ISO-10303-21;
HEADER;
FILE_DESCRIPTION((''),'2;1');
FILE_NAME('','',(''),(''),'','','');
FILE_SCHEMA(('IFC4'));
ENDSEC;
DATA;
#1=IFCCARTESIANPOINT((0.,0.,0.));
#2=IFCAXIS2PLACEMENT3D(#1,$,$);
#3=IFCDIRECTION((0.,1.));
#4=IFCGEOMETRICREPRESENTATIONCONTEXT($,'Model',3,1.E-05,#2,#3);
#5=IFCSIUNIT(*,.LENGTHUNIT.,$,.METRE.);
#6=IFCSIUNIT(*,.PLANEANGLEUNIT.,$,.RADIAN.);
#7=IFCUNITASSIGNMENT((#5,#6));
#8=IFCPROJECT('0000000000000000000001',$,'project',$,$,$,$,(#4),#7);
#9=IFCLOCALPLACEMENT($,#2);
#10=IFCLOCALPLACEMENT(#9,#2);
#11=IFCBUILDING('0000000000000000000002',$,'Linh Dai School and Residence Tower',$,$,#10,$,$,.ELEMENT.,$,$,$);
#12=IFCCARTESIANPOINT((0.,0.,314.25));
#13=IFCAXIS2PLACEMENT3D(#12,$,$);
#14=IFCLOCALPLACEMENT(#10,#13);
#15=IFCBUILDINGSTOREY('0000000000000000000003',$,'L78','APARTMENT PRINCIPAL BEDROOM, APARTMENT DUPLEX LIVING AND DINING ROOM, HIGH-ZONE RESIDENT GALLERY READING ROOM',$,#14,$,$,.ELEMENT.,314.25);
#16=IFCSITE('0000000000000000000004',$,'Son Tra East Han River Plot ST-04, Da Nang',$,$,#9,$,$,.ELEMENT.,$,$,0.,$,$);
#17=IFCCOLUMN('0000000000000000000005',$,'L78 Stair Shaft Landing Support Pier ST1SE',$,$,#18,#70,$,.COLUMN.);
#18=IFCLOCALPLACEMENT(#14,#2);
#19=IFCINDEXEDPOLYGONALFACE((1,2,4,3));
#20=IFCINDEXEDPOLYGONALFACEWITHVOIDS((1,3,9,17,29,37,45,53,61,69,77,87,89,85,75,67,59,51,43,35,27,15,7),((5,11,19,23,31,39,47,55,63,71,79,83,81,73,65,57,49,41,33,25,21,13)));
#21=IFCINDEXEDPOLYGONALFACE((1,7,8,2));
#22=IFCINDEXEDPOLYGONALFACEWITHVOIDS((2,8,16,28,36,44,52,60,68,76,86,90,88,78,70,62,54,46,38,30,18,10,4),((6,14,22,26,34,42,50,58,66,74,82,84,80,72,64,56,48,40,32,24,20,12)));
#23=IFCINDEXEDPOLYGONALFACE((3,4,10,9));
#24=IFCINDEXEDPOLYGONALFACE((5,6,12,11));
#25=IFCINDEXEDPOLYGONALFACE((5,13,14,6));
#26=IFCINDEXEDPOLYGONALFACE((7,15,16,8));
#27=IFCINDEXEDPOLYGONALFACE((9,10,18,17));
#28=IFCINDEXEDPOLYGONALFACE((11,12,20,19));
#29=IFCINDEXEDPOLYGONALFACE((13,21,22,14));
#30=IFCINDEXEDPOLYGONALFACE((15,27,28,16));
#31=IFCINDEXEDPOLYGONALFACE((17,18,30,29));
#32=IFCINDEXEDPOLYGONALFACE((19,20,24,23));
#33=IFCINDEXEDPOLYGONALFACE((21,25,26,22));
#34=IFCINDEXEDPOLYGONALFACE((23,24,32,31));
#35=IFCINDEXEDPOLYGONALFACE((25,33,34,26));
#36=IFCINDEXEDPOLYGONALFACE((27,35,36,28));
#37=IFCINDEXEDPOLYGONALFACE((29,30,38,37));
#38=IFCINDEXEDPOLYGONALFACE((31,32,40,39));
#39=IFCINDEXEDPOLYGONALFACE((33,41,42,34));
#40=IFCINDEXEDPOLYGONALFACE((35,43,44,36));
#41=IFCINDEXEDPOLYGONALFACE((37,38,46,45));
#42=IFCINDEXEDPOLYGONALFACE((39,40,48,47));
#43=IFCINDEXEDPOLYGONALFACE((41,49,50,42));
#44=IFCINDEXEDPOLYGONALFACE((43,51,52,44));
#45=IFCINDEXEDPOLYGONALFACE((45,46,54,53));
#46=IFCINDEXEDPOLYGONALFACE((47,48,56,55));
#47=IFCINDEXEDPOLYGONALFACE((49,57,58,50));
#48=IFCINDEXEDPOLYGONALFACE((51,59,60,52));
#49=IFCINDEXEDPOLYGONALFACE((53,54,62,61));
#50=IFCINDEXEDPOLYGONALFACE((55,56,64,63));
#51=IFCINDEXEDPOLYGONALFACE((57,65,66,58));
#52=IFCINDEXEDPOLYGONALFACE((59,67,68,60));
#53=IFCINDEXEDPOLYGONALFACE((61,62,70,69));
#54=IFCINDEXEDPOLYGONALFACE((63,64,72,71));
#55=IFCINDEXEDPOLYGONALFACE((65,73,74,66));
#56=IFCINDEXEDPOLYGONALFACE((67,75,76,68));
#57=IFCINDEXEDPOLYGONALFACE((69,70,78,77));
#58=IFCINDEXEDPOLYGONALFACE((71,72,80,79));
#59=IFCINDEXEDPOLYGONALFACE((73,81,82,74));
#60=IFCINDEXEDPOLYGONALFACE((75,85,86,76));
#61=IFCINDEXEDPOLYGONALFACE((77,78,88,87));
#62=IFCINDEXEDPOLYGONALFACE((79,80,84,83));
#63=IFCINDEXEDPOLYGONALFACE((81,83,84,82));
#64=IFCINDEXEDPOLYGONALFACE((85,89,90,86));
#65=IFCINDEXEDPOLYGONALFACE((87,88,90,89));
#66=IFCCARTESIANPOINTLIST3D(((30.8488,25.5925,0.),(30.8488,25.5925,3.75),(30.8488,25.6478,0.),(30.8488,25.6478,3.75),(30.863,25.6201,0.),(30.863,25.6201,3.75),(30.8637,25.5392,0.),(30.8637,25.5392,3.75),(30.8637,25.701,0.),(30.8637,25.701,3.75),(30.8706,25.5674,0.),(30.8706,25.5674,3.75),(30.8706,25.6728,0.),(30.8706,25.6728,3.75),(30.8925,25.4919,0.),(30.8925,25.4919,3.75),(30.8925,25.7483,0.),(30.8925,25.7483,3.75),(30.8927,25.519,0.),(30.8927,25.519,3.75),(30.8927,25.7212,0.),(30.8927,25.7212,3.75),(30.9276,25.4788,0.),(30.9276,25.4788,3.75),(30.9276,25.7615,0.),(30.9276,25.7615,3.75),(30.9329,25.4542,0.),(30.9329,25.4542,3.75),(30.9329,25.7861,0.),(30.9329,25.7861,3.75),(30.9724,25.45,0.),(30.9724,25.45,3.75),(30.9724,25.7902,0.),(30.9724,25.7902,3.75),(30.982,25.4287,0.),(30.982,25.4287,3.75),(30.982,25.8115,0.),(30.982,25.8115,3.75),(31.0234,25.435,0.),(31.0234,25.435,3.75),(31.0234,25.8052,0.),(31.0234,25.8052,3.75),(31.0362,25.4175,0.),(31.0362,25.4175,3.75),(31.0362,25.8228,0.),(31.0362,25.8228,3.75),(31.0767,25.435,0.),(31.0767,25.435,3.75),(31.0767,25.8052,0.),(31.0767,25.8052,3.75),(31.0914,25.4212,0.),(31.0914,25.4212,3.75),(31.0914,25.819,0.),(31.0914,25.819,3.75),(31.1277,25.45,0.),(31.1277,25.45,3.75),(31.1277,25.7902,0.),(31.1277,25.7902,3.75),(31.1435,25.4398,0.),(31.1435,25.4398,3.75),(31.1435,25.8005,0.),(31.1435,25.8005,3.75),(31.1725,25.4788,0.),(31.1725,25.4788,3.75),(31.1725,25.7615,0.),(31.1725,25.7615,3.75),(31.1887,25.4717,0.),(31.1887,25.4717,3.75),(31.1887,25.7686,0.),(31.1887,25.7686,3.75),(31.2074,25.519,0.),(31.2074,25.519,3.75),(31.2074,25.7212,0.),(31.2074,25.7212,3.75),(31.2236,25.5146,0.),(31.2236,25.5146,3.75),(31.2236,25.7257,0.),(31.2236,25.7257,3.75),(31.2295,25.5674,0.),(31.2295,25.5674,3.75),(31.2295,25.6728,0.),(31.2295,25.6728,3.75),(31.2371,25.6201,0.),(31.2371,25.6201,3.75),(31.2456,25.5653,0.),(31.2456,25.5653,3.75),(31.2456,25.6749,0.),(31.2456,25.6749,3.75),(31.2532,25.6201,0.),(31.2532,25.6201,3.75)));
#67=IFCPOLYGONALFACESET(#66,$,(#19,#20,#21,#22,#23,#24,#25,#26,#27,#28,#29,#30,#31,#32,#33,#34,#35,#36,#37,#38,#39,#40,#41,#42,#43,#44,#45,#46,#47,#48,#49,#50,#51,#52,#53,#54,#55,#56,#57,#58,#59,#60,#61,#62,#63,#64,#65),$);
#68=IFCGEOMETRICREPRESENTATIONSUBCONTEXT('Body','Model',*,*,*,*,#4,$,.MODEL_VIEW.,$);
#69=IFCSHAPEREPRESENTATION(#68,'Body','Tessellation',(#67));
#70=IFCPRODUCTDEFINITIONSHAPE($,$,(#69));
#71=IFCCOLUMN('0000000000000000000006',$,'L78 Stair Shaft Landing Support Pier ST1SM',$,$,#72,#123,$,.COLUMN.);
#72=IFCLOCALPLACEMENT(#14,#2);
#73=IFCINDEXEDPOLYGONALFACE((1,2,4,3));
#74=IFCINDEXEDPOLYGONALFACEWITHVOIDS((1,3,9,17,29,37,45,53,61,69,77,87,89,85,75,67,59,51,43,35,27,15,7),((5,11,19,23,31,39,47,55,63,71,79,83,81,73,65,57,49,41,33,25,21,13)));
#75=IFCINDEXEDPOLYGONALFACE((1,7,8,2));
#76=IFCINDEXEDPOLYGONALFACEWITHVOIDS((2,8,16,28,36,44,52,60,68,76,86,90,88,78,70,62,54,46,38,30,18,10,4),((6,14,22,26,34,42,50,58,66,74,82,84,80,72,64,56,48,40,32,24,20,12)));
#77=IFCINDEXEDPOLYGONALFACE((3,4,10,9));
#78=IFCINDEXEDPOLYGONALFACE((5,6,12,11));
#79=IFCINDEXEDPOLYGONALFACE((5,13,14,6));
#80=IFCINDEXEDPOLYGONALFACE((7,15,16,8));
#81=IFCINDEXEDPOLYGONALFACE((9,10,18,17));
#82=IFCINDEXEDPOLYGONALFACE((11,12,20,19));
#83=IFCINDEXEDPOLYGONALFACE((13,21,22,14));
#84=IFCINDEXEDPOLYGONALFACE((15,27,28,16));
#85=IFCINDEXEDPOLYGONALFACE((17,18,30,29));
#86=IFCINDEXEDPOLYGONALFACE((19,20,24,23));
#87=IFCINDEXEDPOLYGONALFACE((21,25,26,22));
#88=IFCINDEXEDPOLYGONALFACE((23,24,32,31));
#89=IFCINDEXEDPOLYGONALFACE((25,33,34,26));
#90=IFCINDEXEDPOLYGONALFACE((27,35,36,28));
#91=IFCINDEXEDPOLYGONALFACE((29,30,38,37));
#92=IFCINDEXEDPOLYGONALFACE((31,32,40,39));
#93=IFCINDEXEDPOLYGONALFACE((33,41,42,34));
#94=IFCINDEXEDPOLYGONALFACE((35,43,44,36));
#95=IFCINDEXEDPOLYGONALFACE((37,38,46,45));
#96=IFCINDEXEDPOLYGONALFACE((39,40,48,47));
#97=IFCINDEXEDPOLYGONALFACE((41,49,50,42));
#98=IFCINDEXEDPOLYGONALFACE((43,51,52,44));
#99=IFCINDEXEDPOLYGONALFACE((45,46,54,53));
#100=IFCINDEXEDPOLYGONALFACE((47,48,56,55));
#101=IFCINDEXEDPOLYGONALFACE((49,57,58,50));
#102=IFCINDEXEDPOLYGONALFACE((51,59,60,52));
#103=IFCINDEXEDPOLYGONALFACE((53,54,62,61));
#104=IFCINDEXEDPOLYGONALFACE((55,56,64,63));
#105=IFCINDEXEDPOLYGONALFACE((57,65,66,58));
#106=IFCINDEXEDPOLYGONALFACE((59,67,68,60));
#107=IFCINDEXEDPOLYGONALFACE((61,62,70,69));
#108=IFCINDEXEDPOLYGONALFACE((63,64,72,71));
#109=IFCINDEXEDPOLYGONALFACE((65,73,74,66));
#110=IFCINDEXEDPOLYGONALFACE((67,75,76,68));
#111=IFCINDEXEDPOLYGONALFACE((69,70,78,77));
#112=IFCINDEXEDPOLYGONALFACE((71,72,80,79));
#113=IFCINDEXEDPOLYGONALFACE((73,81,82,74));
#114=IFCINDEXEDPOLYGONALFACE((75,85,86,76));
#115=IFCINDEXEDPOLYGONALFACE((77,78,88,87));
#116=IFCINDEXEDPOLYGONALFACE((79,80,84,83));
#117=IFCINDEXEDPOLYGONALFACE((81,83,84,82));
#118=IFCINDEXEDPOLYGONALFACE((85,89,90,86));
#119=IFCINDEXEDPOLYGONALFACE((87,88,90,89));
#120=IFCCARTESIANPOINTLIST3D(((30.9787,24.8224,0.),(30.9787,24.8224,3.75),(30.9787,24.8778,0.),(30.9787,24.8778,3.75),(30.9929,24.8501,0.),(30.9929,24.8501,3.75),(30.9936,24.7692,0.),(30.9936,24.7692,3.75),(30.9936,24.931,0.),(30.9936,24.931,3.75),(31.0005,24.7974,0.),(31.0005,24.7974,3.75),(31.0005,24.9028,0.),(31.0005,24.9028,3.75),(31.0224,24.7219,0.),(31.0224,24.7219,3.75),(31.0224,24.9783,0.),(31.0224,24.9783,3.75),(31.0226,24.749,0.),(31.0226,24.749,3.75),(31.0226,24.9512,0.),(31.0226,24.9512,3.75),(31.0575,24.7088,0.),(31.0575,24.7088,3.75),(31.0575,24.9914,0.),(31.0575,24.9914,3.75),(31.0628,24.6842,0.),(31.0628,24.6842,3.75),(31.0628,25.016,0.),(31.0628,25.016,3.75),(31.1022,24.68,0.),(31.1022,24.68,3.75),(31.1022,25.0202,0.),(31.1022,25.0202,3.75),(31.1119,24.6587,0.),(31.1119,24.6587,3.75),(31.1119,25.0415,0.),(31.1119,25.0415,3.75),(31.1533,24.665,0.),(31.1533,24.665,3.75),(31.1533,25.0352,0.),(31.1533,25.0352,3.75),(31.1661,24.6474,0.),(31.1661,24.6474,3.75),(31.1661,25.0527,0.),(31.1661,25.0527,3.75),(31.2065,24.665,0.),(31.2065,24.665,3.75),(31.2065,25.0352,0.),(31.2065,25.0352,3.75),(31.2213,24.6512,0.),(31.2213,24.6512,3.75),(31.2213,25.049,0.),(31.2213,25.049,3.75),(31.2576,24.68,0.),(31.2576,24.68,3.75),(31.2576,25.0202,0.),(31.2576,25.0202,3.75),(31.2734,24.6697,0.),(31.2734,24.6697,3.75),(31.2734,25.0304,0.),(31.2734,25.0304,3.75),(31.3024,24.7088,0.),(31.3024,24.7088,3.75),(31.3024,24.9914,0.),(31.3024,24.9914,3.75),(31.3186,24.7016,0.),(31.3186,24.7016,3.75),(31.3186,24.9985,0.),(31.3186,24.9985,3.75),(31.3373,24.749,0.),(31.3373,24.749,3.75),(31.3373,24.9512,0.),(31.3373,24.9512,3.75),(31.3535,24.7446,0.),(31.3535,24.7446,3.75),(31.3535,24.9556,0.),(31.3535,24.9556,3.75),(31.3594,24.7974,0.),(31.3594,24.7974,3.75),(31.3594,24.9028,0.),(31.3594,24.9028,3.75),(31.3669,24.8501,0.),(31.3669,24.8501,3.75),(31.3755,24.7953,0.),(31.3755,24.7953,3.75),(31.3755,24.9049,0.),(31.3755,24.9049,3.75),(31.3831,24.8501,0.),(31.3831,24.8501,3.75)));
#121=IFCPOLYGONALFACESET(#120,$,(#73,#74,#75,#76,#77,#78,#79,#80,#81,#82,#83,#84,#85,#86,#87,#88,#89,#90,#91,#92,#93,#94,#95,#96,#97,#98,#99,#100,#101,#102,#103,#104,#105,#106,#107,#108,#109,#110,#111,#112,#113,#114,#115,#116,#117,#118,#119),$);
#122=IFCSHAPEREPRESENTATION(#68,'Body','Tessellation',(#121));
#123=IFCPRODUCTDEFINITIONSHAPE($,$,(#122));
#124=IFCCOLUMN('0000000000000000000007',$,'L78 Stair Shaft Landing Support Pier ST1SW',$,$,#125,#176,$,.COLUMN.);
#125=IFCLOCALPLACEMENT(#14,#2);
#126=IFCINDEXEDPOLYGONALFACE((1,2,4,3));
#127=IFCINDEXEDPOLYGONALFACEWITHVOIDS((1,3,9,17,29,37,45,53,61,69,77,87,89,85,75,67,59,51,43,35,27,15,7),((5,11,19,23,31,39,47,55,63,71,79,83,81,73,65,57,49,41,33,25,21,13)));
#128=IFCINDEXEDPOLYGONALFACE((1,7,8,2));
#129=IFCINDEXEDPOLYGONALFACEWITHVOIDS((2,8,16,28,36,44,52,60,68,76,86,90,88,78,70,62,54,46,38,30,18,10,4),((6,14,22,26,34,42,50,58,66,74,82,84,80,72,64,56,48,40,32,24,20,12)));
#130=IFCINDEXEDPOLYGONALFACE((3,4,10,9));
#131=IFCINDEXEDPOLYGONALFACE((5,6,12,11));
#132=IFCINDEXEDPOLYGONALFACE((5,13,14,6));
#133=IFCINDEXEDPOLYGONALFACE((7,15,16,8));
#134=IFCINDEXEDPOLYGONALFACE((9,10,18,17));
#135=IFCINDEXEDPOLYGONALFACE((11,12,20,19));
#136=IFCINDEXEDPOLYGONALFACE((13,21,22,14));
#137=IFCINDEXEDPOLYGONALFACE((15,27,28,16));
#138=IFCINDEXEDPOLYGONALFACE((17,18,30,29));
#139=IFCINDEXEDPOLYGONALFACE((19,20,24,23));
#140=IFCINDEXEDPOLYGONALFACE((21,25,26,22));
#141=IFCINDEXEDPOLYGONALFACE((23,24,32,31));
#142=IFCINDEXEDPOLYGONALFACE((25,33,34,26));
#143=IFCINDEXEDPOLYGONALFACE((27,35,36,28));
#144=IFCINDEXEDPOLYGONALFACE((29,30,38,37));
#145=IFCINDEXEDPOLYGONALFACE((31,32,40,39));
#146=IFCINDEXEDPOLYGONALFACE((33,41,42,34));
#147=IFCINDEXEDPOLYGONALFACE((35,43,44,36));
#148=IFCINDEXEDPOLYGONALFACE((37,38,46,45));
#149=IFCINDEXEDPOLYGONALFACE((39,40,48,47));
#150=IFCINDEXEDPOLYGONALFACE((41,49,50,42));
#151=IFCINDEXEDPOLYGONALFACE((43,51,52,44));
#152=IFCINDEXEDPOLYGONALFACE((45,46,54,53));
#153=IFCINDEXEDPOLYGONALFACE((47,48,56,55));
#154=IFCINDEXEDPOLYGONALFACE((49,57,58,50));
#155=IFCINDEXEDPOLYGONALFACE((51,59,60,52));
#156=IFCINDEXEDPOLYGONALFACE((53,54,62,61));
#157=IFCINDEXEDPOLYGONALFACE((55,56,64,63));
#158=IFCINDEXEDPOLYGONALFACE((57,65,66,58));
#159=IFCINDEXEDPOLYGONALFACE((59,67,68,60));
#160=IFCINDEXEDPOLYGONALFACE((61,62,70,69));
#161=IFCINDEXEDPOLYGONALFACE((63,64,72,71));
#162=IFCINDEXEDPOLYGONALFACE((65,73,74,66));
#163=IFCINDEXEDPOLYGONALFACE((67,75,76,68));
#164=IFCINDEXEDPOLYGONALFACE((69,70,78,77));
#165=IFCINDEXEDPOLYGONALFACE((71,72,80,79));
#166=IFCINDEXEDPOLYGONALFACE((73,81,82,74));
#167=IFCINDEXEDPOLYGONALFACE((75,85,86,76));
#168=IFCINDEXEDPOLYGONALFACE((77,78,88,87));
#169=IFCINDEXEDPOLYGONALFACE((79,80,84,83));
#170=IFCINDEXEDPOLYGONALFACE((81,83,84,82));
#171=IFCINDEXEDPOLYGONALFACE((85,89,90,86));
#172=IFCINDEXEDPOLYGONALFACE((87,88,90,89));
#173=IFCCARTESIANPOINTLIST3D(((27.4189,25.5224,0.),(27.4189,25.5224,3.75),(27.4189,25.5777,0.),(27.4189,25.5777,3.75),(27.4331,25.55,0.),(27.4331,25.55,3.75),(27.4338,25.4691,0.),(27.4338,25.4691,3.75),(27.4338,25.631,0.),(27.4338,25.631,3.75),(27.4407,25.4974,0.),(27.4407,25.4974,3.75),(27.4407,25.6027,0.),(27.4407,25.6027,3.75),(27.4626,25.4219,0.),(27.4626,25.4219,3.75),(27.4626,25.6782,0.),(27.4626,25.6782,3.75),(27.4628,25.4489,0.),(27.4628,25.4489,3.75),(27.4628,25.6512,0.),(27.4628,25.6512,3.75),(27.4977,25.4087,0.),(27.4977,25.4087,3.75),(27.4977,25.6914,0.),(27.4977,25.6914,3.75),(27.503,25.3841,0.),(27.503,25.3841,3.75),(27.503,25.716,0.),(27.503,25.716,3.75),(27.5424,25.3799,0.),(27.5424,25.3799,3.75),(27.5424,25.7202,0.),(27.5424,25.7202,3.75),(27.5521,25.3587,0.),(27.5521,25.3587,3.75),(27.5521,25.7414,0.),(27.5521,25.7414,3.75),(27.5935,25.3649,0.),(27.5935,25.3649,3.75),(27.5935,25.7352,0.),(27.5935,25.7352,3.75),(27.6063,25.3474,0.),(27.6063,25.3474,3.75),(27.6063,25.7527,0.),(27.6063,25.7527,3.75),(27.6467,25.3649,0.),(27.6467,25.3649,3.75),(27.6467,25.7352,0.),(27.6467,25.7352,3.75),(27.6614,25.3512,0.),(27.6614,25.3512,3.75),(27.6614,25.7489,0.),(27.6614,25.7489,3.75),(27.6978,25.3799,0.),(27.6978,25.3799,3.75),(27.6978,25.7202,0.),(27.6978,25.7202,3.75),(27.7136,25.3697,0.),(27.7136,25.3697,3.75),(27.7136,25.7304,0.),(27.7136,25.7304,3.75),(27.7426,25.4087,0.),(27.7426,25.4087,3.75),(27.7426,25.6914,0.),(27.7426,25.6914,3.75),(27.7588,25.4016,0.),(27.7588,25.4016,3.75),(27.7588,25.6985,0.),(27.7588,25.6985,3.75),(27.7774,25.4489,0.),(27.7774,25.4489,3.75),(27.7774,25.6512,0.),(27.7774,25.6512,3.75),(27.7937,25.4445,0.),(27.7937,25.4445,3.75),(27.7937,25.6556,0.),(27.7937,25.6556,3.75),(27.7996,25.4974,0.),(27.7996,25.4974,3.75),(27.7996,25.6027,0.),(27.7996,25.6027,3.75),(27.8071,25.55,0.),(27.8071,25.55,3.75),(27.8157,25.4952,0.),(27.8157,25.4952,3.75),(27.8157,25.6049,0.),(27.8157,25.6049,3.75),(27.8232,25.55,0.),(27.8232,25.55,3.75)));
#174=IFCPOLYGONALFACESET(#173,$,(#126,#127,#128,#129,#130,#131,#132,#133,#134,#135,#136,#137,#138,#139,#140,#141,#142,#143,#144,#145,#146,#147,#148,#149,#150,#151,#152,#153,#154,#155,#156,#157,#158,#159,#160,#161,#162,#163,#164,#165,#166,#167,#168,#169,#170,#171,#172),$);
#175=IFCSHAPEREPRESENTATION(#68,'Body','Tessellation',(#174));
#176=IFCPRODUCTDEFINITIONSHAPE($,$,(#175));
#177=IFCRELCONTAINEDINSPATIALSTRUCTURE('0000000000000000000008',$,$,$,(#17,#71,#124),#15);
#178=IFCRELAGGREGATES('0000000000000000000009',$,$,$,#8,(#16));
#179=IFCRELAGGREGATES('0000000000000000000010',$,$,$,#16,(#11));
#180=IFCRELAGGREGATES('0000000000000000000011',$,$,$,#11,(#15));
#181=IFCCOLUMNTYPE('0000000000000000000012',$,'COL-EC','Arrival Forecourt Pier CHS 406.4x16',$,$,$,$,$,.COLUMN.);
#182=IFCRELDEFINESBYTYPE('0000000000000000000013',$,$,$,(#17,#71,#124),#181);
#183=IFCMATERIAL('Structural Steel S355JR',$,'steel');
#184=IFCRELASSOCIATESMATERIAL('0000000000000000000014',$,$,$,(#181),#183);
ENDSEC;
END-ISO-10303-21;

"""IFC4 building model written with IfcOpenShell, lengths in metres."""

from ifc_helpers import new_model, si_unit, direction, frame, origin, origin_2d, place, context, subcontext, project, spatial, hollow_circle, extrude, material, material_profile, profile_set, type_object, element, save


model = new_model("IFC4")

# Units and contexts
model_context = context("Model", 3, precision=1e-05, world=origin(), true_north=direction((0.0, 1.0)))
body_context = subcontext(model_context, "Body", "Model", "MODEL_VIEW")
ifc_project = project(units=[si_unit("LENGTHUNIT", "METRE"), si_unit("PLANEANGLEUNIT", "RADIAN")], contexts=[model_context])

# Site, building, storey
site_placement = place(None, origin())
site = spatial("IfcSite", under=ifc_project, at=site_placement, Name="Son Tra East Han River Plot ST-04, Da Nang", CompositionType="ELEMENT", RefElevation=0.0)
building_placement = place(site_placement, origin())
building = spatial("IfcBuilding", under=site, at=building_placement, Name="Linh Dai School and Residence Tower", CompositionType="ELEMENT")
storey_placement = place(building_placement, frame((0.0, 0.0, 314.25)))
storey = spatial("IfcBuildingStorey", under=building, at=storey_placement, Name="L78", Description="APARTMENT PRINCIPAL BEDROOM, APARTMENT DUPLEX LIVING AND DINING ROOM, HIGH-ZONE RESIDENT GALLERY READING ROOM", CompositionType="ELEMENT", Elevation=314.25)

# Columns
ifc_material_1 = material(Name="Structural Steel S355JR", Category="steel")
ifc_material_profile_1 = material_profile(ifc_material_1, hollow_circle(Radius=0.2031, WallThickness=0.0161, at=origin_2d()), Name="CHS 406.4x16")
ifc_profile_set_1 = profile_set([ifc_material_profile_1], Name="Structural Steel S355JR")
column_type = type_object("IfcColumnType", Name="COL-EC", Description="Arrival Forecourt Pier CHS 406.4x16", PredefinedType="COLUMN", material=ifc_profile_set_1)
for number, where, z_axis, x_axis, name in (
    (1, (31.05, 25.6201, 0.0), (0.0, 0.0, 1.0), (1.0, 0.0, 0.0), "L78 Stair Shaft Landing Support Pier ST1SE"),
    (2, (31.1799, 24.8501, 0.0), (0.0, 0.0, 1.0), (1.0, 0.0, 0.0), "L78 Stair Shaft Landing Support Pier ST1SM"),
    (3, (27.6201, 25.55, 0.0), (0.0, 0.0, 1.0), (1.0, 0.0, 0.0), "L78 Stair Shaft Landing Support Pier ST1SW"),
):
    element("IfcColumn", number, at=place(storey_placement, frame(where, z_axis=z_axis, x_axis=x_axis)), inside=storey, type_object=column_type, Name=name, PredefinedType="COLUMN", context=body_context, shape_type="SweptSolid", body=[
        extrude(hollow_circle(Radius=0.2031, WallThickness=0.0161, at=origin_2d()), origin(), (0.0, 0.0, 1.0), 3.75),
    ])

save(model, "model.ifc")
